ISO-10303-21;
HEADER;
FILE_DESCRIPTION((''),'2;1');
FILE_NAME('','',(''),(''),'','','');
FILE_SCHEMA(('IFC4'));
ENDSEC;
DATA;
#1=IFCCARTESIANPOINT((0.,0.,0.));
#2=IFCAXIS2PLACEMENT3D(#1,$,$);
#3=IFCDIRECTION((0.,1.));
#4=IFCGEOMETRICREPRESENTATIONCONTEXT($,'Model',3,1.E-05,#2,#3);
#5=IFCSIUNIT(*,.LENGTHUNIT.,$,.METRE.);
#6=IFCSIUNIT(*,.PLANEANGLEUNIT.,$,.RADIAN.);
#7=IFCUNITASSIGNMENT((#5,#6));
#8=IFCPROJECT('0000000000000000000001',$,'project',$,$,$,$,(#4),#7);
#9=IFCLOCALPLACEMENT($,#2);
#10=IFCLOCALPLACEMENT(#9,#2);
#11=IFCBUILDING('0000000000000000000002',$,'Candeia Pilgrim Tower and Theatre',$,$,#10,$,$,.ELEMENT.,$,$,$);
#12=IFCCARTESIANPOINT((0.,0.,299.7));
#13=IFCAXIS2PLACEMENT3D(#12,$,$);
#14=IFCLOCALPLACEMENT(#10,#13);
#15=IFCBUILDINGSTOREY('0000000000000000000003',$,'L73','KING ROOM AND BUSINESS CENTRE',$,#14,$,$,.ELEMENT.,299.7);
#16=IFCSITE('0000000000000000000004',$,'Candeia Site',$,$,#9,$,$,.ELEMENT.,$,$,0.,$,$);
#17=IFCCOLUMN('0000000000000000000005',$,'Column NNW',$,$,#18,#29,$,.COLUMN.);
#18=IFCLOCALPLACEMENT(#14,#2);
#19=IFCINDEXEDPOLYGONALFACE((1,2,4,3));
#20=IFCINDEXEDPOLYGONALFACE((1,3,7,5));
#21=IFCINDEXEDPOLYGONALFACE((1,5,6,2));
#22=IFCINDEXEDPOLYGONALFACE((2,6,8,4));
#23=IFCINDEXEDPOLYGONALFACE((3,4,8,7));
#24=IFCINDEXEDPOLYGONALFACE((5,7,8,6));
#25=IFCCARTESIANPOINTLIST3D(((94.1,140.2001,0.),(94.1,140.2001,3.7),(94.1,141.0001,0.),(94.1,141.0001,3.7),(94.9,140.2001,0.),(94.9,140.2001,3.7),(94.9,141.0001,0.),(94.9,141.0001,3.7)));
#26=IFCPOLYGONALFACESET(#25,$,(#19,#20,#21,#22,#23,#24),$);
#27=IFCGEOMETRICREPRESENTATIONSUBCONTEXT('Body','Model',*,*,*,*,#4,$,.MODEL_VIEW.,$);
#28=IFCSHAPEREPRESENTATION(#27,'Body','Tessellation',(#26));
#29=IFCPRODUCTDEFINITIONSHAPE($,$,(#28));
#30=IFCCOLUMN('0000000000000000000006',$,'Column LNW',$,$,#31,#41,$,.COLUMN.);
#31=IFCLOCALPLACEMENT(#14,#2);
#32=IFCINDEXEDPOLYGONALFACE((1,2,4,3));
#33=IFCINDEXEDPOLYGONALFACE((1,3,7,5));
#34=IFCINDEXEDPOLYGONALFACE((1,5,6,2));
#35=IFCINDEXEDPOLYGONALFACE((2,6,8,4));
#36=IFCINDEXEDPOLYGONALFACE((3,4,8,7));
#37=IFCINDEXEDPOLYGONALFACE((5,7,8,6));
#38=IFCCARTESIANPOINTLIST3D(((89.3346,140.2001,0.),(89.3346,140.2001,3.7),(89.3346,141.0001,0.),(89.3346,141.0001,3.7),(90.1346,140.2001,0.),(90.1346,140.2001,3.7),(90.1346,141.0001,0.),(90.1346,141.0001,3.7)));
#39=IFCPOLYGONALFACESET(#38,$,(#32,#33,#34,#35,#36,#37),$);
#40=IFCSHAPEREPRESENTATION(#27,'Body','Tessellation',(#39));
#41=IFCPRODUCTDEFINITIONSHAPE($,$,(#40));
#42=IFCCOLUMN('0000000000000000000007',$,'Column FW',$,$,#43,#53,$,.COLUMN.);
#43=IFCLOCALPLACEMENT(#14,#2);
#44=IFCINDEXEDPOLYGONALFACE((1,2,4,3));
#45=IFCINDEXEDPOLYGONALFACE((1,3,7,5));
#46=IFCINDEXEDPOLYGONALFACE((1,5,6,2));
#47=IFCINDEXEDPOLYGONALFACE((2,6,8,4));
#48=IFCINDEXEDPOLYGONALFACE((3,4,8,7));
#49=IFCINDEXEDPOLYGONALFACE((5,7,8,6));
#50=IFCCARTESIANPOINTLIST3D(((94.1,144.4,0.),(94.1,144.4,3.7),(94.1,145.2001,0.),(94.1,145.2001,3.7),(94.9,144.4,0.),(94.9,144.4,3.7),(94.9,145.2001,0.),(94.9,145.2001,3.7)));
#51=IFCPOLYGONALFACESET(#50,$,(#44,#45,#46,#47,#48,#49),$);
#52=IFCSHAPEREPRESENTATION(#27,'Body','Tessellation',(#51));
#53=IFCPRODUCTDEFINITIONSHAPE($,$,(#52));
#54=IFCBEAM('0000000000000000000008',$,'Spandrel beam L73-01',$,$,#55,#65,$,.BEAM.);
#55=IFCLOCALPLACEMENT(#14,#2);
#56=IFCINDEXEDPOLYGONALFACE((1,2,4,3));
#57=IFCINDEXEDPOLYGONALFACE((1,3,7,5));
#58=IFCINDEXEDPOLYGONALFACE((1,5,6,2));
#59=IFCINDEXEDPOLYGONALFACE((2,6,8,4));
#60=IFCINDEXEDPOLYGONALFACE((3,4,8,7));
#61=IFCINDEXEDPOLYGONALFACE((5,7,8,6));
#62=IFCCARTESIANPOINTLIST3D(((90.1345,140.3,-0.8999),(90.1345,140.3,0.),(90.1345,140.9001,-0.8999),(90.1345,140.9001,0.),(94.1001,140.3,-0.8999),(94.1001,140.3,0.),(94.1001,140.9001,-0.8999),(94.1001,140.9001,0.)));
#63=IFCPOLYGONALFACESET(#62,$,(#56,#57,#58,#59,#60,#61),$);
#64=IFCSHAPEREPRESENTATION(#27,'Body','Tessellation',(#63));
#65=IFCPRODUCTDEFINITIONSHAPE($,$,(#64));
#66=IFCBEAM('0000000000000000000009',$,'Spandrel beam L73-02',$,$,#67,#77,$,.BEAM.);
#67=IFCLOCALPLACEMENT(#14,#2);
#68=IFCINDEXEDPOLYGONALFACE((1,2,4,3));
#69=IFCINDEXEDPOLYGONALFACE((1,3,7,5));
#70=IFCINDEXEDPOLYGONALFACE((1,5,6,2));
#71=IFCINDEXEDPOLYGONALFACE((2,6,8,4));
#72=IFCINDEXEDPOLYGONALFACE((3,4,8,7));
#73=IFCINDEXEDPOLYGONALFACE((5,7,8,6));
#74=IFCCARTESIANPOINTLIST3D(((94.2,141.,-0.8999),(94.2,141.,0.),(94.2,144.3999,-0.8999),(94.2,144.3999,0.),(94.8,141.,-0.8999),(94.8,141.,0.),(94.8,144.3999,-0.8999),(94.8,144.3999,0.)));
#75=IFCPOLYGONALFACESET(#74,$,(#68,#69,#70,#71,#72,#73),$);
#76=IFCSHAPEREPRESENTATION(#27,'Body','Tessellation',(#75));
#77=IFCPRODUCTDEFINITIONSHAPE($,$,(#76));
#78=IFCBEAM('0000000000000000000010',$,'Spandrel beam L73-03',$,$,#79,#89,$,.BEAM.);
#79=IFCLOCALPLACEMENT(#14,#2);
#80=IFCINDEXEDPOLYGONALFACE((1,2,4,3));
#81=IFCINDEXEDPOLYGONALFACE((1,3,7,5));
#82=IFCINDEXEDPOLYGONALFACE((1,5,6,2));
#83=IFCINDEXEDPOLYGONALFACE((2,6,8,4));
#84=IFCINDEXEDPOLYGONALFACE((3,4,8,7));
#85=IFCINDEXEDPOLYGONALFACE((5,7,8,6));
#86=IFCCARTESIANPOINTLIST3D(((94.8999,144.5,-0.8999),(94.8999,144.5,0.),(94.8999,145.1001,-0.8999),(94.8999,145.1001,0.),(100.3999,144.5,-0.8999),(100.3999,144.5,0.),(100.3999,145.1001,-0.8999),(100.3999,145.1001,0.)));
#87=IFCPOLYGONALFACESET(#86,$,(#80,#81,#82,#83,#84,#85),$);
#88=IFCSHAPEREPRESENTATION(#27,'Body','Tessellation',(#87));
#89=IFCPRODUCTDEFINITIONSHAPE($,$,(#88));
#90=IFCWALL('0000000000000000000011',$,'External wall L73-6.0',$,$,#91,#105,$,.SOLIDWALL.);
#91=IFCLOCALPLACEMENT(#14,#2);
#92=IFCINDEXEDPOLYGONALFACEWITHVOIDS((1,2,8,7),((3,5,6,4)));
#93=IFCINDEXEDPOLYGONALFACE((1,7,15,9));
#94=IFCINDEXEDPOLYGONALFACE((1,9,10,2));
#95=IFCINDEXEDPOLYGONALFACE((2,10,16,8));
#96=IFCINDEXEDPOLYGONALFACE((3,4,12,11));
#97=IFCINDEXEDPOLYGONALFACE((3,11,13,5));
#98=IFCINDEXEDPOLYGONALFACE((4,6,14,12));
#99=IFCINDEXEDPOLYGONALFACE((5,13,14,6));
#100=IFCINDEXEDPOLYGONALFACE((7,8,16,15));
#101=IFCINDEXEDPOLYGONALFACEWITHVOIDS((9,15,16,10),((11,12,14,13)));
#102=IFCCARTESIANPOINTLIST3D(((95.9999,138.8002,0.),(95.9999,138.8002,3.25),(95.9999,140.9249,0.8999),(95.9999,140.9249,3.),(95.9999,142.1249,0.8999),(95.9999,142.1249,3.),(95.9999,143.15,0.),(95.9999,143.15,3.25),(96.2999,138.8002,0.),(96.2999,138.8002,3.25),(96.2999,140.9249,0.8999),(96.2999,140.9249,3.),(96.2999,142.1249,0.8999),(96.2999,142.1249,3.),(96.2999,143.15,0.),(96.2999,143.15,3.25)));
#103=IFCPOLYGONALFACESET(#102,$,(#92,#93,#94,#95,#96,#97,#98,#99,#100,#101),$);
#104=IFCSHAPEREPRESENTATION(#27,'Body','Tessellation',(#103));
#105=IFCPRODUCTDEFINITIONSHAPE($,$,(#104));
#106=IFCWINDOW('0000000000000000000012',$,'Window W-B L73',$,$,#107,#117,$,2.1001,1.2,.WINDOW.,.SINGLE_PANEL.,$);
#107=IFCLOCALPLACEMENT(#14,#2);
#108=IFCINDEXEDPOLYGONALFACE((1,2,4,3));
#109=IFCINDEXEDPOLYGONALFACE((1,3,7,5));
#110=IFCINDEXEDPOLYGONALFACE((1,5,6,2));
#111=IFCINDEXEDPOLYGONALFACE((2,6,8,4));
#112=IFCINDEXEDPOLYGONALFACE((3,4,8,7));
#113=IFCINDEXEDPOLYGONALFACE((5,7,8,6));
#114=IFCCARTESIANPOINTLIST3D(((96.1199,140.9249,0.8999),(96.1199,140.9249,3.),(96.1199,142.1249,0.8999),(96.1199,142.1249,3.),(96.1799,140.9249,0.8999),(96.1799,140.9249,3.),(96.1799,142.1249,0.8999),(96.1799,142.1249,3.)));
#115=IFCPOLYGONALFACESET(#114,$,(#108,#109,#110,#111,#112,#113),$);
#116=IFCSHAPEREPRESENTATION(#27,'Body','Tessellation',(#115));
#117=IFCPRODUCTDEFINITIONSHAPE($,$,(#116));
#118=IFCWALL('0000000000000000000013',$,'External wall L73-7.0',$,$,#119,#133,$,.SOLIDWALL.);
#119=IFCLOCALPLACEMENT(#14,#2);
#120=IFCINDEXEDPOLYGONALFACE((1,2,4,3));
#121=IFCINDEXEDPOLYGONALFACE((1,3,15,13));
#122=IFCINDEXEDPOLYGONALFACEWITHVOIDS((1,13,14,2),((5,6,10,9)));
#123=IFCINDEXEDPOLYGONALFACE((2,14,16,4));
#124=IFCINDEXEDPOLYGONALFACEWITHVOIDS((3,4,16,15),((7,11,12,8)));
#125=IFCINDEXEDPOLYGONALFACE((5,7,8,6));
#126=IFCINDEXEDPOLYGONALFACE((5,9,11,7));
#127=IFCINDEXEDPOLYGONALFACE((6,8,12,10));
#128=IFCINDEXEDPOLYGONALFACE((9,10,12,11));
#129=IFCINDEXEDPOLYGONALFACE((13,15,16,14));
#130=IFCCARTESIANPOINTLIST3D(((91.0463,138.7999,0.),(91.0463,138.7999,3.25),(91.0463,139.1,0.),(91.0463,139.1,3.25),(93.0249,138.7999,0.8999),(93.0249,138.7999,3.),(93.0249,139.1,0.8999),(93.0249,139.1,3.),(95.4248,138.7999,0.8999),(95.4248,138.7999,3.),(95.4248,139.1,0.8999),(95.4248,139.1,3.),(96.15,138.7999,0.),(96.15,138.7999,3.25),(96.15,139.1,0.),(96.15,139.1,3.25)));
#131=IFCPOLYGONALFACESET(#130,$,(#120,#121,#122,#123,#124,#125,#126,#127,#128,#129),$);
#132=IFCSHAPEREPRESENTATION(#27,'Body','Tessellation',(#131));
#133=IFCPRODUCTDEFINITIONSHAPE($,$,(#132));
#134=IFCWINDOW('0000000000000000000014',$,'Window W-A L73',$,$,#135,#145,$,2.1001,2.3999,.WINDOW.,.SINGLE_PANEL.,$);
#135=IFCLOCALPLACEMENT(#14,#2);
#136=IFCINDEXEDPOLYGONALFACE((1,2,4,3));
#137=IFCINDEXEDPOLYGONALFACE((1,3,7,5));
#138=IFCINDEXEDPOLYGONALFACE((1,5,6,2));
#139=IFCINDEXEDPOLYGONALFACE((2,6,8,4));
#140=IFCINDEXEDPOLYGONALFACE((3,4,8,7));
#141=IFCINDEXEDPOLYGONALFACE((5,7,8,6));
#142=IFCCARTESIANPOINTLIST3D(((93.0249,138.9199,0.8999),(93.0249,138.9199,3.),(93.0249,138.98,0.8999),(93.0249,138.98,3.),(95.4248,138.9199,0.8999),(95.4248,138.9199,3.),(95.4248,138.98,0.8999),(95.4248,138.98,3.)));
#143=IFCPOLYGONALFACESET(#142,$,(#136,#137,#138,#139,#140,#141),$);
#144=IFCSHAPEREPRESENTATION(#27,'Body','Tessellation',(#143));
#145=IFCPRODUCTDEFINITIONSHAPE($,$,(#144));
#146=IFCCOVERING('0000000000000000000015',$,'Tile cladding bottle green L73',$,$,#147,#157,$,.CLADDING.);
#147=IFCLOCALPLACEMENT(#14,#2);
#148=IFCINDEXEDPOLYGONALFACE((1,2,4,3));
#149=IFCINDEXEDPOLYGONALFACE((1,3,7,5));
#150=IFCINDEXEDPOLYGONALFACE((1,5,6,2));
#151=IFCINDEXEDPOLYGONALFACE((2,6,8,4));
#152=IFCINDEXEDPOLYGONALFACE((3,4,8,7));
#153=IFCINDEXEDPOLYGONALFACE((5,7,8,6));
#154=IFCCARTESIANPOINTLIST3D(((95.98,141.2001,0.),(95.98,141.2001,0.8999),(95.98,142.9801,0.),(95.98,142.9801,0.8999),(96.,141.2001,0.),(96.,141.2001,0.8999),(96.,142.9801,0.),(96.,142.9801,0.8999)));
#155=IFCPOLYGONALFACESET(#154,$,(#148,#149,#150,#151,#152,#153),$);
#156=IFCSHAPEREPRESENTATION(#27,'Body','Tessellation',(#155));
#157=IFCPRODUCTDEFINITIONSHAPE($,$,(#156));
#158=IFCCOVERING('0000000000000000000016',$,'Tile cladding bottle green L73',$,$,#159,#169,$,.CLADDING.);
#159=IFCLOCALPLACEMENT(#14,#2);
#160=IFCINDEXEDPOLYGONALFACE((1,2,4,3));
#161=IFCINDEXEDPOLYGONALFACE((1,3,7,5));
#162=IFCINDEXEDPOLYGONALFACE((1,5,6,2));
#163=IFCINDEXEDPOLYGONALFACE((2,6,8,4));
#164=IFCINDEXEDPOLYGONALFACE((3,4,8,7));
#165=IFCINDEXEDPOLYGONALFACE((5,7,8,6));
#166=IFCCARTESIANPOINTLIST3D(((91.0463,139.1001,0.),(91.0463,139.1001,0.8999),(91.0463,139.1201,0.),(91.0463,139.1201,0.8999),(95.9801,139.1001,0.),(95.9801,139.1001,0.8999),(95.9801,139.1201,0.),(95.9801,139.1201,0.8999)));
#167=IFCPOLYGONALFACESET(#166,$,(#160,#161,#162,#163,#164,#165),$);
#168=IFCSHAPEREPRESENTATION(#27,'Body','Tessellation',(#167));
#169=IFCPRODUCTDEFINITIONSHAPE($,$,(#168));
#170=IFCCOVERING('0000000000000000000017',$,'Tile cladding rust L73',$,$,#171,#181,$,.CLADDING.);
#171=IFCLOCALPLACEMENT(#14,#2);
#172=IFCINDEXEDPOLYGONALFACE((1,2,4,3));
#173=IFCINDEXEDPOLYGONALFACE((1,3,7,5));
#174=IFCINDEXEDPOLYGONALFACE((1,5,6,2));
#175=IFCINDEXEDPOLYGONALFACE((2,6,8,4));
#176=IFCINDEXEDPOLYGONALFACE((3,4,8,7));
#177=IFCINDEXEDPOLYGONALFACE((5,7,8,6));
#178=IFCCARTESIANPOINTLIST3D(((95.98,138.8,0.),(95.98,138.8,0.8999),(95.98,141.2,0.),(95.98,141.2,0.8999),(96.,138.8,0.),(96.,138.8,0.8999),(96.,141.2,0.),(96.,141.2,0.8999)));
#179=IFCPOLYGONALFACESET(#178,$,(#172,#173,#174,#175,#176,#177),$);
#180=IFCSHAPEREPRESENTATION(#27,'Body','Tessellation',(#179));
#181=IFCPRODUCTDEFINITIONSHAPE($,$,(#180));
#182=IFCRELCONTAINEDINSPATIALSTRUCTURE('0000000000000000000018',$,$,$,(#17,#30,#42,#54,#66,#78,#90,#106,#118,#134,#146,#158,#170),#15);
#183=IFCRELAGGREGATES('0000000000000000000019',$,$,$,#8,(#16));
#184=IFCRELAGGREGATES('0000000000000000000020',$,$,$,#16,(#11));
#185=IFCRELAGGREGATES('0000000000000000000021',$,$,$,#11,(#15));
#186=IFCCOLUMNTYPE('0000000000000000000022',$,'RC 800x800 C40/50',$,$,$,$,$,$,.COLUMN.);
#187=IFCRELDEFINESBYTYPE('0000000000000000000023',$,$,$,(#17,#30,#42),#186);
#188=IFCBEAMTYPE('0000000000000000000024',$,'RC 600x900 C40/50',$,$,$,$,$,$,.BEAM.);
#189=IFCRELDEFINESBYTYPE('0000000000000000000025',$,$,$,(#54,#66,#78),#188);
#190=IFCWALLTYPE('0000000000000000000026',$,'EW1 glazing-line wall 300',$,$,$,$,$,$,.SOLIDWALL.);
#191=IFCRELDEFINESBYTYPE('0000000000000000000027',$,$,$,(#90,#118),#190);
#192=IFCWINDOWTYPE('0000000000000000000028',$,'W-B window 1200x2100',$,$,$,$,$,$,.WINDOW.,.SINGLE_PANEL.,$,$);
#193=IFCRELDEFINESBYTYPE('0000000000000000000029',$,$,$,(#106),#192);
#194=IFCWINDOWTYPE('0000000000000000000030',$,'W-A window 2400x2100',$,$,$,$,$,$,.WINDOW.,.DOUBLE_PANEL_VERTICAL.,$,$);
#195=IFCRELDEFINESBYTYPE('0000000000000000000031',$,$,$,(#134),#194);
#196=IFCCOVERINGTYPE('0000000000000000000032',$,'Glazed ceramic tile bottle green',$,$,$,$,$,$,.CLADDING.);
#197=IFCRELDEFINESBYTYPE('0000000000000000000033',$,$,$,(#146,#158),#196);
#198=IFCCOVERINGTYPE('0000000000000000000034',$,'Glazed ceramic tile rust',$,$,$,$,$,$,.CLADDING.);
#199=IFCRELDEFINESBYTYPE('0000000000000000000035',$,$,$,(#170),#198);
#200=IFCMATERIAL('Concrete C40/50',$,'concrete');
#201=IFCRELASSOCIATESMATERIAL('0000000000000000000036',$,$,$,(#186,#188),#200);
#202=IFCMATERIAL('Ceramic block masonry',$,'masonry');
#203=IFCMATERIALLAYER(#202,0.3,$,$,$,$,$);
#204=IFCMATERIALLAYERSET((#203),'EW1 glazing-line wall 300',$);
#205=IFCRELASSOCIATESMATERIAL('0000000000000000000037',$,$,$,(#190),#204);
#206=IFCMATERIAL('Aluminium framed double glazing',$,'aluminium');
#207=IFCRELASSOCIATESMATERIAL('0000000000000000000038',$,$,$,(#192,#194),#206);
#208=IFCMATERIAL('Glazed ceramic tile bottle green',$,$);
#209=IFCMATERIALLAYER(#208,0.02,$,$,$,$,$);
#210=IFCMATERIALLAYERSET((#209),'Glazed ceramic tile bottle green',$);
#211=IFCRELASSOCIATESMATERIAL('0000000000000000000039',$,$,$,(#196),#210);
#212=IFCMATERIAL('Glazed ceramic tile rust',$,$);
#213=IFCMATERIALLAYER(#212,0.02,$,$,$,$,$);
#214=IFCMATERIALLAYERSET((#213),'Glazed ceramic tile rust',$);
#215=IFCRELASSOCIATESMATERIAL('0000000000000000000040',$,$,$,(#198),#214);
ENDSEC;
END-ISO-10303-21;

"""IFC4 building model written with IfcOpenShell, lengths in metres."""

from ifc_helpers import new_model, si_unit, direction, frame, frame_2d, origin, origin_2d, place, context, subcontext, project, spatial, rectangle, extrude, material, layer, layer_set, material_profile, profile_set, type_object, element, fill, save


model = new_model("IFC4")

# Units and contexts
model_context = context("Model", 3, precision=1e-05, world=origin(), true_north=direction((0.0, 1.0)))
body_context = subcontext(model_context, "Body", "Model", "MODEL_VIEW")
ifc_project = project(units=[si_unit("LENGTHUNIT", "METRE"), si_unit("PLANEANGLEUNIT", "RADIAN")], contexts=[model_context])

# Site, building, storey
site_placement = place(None, origin())
site = spatial("IfcSite", under=ifc_project, at=site_placement, Name="Candeia Site", CompositionType="ELEMENT", RefElevation=0.0)
building_placement = place(site_placement, origin())
building = spatial("IfcBuilding", under=site, at=building_placement, Name="Candeia Pilgrim Tower and Theatre", CompositionType="ELEMENT")
storey_placement = place(building_placement, frame((0.0, 0.0, 299.7)))
storey = spatial("IfcBuildingStorey", under=building, at=storey_placement, Name="L73", Description="KING ROOM AND BUSINESS CENTRE", CompositionType="ELEMENT", Elevation=299.7)

# Columns
ifc_material_1 = material(Name="Concrete C40/50", Category="concrete")
ifc_material_profile_1 = material_profile(ifc_material_1, rectangle(XDim=0.8, YDim=0.8, at=origin_2d()))
ifc_profile_set_1 = profile_set([ifc_material_profile_1], Name="Concrete C40/50")
column_type = type_object("IfcColumnType", Name="RC 800x800 C40/50", PredefinedType="COLUMN", material=ifc_profile_set_1)
for number, where, z_axis, x_axis, name in (
    (1, (94.5, 140.6001, 0.0), (0.0, 0.0, 1.0), (1.0, 0.0, 0.0), "Column NNW"),
    (2, (89.7346, 140.6001, 0.0), (0.0, 0.0, 1.0), (1.0, 0.0, 0.0), "Column LNW"),
    (3, (94.5, 144.8, 0.0), (0.0, 0.0, 1.0), (1.0, 0.0, 0.0), "Column FW"),
):
    element("IfcColumn", number, at=place(storey_placement, frame(where, z_axis=z_axis, x_axis=x_axis)), inside=storey, type_object=column_type, Name=name, PredefinedType="COLUMN", context=body_context, shape_type="SweptSolid", body=[
        extrude(rectangle(XDim=0.8, YDim=0.8, at=origin_2d()), origin(), (0.0, 0.0, 1.0), 3.7),
    ])

# Beams
ifc_material_profile_2 = material_profile(ifc_material_1, rectangle(XDim=0.6001, YDim=0.8999, at=origin_2d()))
ifc_profile_set_2 = profile_set([ifc_material_profile_2], Name="Concrete C40/50")
beam_type = type_object("IfcBeamType", Name="RC 600x900 C40/50", PredefinedType="BEAM", material=ifc_profile_set_2)
beam_1_placement = place(storey_placement, frame((90.1345, 140.6001, -0.45), z_axis=(1.0, 0.0, 0.0), x_axis=(0.0, 1.0, 0.0)))
element("IfcBeam", 4, at=beam_1_placement, inside=storey, type_object=beam_type, Name="Spandrel beam L73-01", PredefinedType="BEAM", context=body_context, shape_type="SweptSolid", body=[
    extrude(rectangle(XDim=0.6001, YDim=0.8999, at=origin_2d()), origin(), (0.0, 0.0, 1.0), 3.9656),
])
beam_2_placement = place(storey_placement, frame((94.5, 141.0, -0.45), z_axis=(0.0, 1.0, 0.0), x_axis=(-1.0, 0.0, 0.0)))
element("IfcBeam", 5, at=beam_2_placement, inside=storey, type_object=beam_type, Name="Spandrel beam L73-02", PredefinedType="BEAM", context=body_context, shape_type="SweptSolid", body=[
    extrude(rectangle(XDim=0.6001, YDim=0.8999, at=origin_2d()), origin(), (0.0, 0.0, 1.0), 3.3999),
])
beam_3_placement = place(storey_placement, frame((94.8999, 144.8, -0.45), z_axis=(1.0, 0.0, 0.0), x_axis=(0.0, 1.0, 0.0)))
element("IfcBeam", 6, at=beam_3_placement, inside=storey, type_object=beam_type, Name="Spandrel beam L73-03", PredefinedType="BEAM", context=body_context, shape_type="SweptSolid", body=[
    extrude(rectangle(XDim=0.6001, YDim=0.8999, at=origin_2d()), origin(), (0.0, 0.0, 1.0), 5.5),
])

# Shared definitions
ifc_material_2 = material(Name="Ceramic block masonry", Category="masonry")
ifc_layer_1 = layer(ifc_material_2, 0.3)
ifc_layer_set_1 = layer_set([ifc_layer_1], Name="EW1 glazing-line wall 300")
wall_type = type_object("IfcWallType", Name="EW1 glazing-line wall 300", PredefinedType="SOLIDWALL", material=ifc_layer_set_1)
ifc_material_3 = material(Name="Aluminium framed double glazing", Category="aluminium")
window_type_1 = type_object("IfcWindowType", Name="W-B window 1200x2100", PartitioningType="SINGLE_PANEL", PredefinedType="WINDOW", material=ifc_material_3)

# Walls, openings, windows
wall_1_placement = place(storey_placement, frame((96.1499, 143.1499, 0.0), z_axis=(0.0, 0.0, 1.0), x_axis=(0.0, -1.0, 0.0)))
wall_1 = element("IfcWall", 7, at=wall_1_placement, inside=storey, type_object=wall_type, Name="External wall L73-6.0", PredefinedType="SOLIDWALL", context=body_context, shape_type="SweptSolid", body=[
    extrude(rectangle(XDim=4.3499, YDim=0.3, at=frame_2d((2.1748, 0.0))), origin(), (0.0, 0.0, 1.0), 3.25),
])
opening_1_placement = place(wall_1_placement, frame((1.0249, 0.0, 0.8999)))
opening_1 = element("IfcOpeningElement", 8, at=opening_1_placement, cuts=wall_1, PredefinedType="OPENING", context=body_context, shape_type="SweptSolid", body=[
    extrude(rectangle(XDim=1.2, YDim=2.1001, at=frame_2d((0.6001, 1.05))), frame((0.0, 0.1602, 0.0), z_axis=(0.0, -1.0, 0.0), x_axis=(1.0, 0.0, 0.0)), (0.0, 0.0, 1.0), 0.3201),
])
window_1_placement = place(opening_1_placement, origin())
window_1 = element("IfcWindow", 9, at=window_1_placement, inside=storey, type_object=window_type_1, Name="Window W-B L73", OverallHeight=2.1001, OverallWidth=1.2, PartitioningType="SINGLE_PANEL", PredefinedType="WINDOW", context=body_context, shape_type="SweptSolid", body=[
    extrude(rectangle(XDim=1.2, YDim=2.1001, at=frame_2d((0.6001, 1.05))), frame((0.0, 0.03, 0.0), z_axis=(0.0, -1.0, 0.0), x_axis=(1.0, 0.0, 0.0)), (0.0, 0.0, 1.0), 0.0601),
])
fill(opening_1, window_1)
wall_2_placement = place(storey_placement, frame((96.1499, 138.95, 0.0), z_axis=(0.0, 0.0, 1.0), x_axis=(-1.0, 0.0, 0.0)))
wall_2 = element("IfcWall", 10, at=wall_2_placement, inside=storey, type_object=wall_type, Name="External wall L73-7.0", PredefinedType="SOLIDWALL", context=body_context, shape_type="SweptSolid", body=[
    extrude(rectangle(XDim=5.1038, YDim=0.3, at=frame_2d((2.5518, 0.0))), origin(), (0.0, 0.0, 1.0), 3.25),
])
opening_2_placement = place(wall_2_placement, frame((0.7251, 0.0, 0.8999)))
opening_2 = element("IfcOpeningElement", 11, at=opening_2_placement, cuts=wall_2, PredefinedType="OPENING", context=body_context, shape_type="SweptSolid", body=[
    extrude(rectangle(XDim=2.3999, YDim=2.1001, at=frame_2d((1.2, 1.05))), frame((0.0, 0.1602, 0.0), z_axis=(0.0, -1.0, 0.0), x_axis=(1.0, 0.0, 0.0)), (0.0, 0.0, 1.0), 0.3201),
])
window_type_2 = type_object("IfcWindowType", Name="W-A window 2400x2100", PartitioningType="DOUBLE_PANEL_VERTICAL", PredefinedType="WINDOW", material=ifc_material_3)
window_2_placement = place(opening_2_placement, origin())
window_2 = element("IfcWindow", 12, at=window_2_placement, inside=storey, type_object=window_type_2, Name="Window W-A L73", OverallHeight=2.1001, OverallWidth=2.3999, PartitioningType="SINGLE_PANEL", PredefinedType="WINDOW", context=body_context, shape_type="SweptSolid", body=[
    extrude(rectangle(XDim=2.3999, YDim=2.1001, at=frame_2d((1.2, 1.05))), frame((0.0, 0.03, 0.0), z_axis=(0.0, -1.0, 0.0), x_axis=(1.0, 0.0, 0.0)), (0.0, 0.0, 1.0), 0.0601),
])
fill(opening_2, window_2)

# Coverings
ifc_material_4 = material(Name="Glazed ceramic tile bottle green")
ifc_layer_2 = layer(ifc_material_4, 0.02)
ifc_layer_set_2 = layer_set([ifc_layer_2], Name="Glazed ceramic tile bottle green")
covering_type_1 = type_object("IfcCoveringType", Name="Glazed ceramic tile bottle green", PredefinedType="CLADDING", material=ifc_layer_set_2)
covering_1_placement = place(storey_placement, frame((95.99, 142.0901, 0.0), z_axis=(0.0, 0.0, 1.0), x_axis=(0.0, -1.0, 0.0)))
element("IfcCovering", 13, at=covering_1_placement, inside=storey, type_object=covering_type_1, Name="Tile cladding bottle green L73", PredefinedType="CLADDING", context=body_context, shape_type="SweptSolid", body=[
    extrude(rectangle(XDim=1.78, YDim=0.02, at=origin_2d()), origin(), (0.0, 0.0, 1.0), 0.8999),
])
covering_2_placement = place(storey_placement, frame((93.5132, 139.1101, 0.0), z_axis=(0.0, 0.0, 1.0), x_axis=(-1.0, 0.0, 0.0)))
element("IfcCovering", 14, at=covering_2_placement, inside=storey, type_object=covering_type_1, Name="Tile cladding bottle green L73", PredefinedType="CLADDING", context=body_context, shape_type="SweptSolid", body=[
    extrude(rectangle(XDim=4.9338, YDim=0.02, at=origin_2d()), origin(), (0.0, 0.0, 1.0), 0.8999),
])
ifc_material_5 = material(Name="Glazed ceramic tile rust")
ifc_layer_3 = layer(ifc_material_5, 0.02)
ifc_layer_set_3 = layer_set([ifc_layer_3], Name="Glazed ceramic tile rust")
covering_type_2 = type_object("IfcCoveringType", Name="Glazed ceramic tile rust", PredefinedType="CLADDING", material=ifc_layer_set_3)
covering_3_placement = place(storey_placement, frame((95.99, 140.0, 0.0), z_axis=(0.0, 0.0, 1.0), x_axis=(0.0, -1.0, 0.0)))
element("IfcCovering", 15, at=covering_3_placement, inside=storey, type_object=covering_type_2, Name="Tile cladding rust L73", PredefinedType="CLADDING", context=body_context, shape_type="SweptSolid", body=[
    extrude(rectangle(XDim=2.3999, YDim=0.02, at=origin_2d()), origin(), (0.0, 0.0, 1.0), 0.8999),
])

save(model, "model.ifc")
